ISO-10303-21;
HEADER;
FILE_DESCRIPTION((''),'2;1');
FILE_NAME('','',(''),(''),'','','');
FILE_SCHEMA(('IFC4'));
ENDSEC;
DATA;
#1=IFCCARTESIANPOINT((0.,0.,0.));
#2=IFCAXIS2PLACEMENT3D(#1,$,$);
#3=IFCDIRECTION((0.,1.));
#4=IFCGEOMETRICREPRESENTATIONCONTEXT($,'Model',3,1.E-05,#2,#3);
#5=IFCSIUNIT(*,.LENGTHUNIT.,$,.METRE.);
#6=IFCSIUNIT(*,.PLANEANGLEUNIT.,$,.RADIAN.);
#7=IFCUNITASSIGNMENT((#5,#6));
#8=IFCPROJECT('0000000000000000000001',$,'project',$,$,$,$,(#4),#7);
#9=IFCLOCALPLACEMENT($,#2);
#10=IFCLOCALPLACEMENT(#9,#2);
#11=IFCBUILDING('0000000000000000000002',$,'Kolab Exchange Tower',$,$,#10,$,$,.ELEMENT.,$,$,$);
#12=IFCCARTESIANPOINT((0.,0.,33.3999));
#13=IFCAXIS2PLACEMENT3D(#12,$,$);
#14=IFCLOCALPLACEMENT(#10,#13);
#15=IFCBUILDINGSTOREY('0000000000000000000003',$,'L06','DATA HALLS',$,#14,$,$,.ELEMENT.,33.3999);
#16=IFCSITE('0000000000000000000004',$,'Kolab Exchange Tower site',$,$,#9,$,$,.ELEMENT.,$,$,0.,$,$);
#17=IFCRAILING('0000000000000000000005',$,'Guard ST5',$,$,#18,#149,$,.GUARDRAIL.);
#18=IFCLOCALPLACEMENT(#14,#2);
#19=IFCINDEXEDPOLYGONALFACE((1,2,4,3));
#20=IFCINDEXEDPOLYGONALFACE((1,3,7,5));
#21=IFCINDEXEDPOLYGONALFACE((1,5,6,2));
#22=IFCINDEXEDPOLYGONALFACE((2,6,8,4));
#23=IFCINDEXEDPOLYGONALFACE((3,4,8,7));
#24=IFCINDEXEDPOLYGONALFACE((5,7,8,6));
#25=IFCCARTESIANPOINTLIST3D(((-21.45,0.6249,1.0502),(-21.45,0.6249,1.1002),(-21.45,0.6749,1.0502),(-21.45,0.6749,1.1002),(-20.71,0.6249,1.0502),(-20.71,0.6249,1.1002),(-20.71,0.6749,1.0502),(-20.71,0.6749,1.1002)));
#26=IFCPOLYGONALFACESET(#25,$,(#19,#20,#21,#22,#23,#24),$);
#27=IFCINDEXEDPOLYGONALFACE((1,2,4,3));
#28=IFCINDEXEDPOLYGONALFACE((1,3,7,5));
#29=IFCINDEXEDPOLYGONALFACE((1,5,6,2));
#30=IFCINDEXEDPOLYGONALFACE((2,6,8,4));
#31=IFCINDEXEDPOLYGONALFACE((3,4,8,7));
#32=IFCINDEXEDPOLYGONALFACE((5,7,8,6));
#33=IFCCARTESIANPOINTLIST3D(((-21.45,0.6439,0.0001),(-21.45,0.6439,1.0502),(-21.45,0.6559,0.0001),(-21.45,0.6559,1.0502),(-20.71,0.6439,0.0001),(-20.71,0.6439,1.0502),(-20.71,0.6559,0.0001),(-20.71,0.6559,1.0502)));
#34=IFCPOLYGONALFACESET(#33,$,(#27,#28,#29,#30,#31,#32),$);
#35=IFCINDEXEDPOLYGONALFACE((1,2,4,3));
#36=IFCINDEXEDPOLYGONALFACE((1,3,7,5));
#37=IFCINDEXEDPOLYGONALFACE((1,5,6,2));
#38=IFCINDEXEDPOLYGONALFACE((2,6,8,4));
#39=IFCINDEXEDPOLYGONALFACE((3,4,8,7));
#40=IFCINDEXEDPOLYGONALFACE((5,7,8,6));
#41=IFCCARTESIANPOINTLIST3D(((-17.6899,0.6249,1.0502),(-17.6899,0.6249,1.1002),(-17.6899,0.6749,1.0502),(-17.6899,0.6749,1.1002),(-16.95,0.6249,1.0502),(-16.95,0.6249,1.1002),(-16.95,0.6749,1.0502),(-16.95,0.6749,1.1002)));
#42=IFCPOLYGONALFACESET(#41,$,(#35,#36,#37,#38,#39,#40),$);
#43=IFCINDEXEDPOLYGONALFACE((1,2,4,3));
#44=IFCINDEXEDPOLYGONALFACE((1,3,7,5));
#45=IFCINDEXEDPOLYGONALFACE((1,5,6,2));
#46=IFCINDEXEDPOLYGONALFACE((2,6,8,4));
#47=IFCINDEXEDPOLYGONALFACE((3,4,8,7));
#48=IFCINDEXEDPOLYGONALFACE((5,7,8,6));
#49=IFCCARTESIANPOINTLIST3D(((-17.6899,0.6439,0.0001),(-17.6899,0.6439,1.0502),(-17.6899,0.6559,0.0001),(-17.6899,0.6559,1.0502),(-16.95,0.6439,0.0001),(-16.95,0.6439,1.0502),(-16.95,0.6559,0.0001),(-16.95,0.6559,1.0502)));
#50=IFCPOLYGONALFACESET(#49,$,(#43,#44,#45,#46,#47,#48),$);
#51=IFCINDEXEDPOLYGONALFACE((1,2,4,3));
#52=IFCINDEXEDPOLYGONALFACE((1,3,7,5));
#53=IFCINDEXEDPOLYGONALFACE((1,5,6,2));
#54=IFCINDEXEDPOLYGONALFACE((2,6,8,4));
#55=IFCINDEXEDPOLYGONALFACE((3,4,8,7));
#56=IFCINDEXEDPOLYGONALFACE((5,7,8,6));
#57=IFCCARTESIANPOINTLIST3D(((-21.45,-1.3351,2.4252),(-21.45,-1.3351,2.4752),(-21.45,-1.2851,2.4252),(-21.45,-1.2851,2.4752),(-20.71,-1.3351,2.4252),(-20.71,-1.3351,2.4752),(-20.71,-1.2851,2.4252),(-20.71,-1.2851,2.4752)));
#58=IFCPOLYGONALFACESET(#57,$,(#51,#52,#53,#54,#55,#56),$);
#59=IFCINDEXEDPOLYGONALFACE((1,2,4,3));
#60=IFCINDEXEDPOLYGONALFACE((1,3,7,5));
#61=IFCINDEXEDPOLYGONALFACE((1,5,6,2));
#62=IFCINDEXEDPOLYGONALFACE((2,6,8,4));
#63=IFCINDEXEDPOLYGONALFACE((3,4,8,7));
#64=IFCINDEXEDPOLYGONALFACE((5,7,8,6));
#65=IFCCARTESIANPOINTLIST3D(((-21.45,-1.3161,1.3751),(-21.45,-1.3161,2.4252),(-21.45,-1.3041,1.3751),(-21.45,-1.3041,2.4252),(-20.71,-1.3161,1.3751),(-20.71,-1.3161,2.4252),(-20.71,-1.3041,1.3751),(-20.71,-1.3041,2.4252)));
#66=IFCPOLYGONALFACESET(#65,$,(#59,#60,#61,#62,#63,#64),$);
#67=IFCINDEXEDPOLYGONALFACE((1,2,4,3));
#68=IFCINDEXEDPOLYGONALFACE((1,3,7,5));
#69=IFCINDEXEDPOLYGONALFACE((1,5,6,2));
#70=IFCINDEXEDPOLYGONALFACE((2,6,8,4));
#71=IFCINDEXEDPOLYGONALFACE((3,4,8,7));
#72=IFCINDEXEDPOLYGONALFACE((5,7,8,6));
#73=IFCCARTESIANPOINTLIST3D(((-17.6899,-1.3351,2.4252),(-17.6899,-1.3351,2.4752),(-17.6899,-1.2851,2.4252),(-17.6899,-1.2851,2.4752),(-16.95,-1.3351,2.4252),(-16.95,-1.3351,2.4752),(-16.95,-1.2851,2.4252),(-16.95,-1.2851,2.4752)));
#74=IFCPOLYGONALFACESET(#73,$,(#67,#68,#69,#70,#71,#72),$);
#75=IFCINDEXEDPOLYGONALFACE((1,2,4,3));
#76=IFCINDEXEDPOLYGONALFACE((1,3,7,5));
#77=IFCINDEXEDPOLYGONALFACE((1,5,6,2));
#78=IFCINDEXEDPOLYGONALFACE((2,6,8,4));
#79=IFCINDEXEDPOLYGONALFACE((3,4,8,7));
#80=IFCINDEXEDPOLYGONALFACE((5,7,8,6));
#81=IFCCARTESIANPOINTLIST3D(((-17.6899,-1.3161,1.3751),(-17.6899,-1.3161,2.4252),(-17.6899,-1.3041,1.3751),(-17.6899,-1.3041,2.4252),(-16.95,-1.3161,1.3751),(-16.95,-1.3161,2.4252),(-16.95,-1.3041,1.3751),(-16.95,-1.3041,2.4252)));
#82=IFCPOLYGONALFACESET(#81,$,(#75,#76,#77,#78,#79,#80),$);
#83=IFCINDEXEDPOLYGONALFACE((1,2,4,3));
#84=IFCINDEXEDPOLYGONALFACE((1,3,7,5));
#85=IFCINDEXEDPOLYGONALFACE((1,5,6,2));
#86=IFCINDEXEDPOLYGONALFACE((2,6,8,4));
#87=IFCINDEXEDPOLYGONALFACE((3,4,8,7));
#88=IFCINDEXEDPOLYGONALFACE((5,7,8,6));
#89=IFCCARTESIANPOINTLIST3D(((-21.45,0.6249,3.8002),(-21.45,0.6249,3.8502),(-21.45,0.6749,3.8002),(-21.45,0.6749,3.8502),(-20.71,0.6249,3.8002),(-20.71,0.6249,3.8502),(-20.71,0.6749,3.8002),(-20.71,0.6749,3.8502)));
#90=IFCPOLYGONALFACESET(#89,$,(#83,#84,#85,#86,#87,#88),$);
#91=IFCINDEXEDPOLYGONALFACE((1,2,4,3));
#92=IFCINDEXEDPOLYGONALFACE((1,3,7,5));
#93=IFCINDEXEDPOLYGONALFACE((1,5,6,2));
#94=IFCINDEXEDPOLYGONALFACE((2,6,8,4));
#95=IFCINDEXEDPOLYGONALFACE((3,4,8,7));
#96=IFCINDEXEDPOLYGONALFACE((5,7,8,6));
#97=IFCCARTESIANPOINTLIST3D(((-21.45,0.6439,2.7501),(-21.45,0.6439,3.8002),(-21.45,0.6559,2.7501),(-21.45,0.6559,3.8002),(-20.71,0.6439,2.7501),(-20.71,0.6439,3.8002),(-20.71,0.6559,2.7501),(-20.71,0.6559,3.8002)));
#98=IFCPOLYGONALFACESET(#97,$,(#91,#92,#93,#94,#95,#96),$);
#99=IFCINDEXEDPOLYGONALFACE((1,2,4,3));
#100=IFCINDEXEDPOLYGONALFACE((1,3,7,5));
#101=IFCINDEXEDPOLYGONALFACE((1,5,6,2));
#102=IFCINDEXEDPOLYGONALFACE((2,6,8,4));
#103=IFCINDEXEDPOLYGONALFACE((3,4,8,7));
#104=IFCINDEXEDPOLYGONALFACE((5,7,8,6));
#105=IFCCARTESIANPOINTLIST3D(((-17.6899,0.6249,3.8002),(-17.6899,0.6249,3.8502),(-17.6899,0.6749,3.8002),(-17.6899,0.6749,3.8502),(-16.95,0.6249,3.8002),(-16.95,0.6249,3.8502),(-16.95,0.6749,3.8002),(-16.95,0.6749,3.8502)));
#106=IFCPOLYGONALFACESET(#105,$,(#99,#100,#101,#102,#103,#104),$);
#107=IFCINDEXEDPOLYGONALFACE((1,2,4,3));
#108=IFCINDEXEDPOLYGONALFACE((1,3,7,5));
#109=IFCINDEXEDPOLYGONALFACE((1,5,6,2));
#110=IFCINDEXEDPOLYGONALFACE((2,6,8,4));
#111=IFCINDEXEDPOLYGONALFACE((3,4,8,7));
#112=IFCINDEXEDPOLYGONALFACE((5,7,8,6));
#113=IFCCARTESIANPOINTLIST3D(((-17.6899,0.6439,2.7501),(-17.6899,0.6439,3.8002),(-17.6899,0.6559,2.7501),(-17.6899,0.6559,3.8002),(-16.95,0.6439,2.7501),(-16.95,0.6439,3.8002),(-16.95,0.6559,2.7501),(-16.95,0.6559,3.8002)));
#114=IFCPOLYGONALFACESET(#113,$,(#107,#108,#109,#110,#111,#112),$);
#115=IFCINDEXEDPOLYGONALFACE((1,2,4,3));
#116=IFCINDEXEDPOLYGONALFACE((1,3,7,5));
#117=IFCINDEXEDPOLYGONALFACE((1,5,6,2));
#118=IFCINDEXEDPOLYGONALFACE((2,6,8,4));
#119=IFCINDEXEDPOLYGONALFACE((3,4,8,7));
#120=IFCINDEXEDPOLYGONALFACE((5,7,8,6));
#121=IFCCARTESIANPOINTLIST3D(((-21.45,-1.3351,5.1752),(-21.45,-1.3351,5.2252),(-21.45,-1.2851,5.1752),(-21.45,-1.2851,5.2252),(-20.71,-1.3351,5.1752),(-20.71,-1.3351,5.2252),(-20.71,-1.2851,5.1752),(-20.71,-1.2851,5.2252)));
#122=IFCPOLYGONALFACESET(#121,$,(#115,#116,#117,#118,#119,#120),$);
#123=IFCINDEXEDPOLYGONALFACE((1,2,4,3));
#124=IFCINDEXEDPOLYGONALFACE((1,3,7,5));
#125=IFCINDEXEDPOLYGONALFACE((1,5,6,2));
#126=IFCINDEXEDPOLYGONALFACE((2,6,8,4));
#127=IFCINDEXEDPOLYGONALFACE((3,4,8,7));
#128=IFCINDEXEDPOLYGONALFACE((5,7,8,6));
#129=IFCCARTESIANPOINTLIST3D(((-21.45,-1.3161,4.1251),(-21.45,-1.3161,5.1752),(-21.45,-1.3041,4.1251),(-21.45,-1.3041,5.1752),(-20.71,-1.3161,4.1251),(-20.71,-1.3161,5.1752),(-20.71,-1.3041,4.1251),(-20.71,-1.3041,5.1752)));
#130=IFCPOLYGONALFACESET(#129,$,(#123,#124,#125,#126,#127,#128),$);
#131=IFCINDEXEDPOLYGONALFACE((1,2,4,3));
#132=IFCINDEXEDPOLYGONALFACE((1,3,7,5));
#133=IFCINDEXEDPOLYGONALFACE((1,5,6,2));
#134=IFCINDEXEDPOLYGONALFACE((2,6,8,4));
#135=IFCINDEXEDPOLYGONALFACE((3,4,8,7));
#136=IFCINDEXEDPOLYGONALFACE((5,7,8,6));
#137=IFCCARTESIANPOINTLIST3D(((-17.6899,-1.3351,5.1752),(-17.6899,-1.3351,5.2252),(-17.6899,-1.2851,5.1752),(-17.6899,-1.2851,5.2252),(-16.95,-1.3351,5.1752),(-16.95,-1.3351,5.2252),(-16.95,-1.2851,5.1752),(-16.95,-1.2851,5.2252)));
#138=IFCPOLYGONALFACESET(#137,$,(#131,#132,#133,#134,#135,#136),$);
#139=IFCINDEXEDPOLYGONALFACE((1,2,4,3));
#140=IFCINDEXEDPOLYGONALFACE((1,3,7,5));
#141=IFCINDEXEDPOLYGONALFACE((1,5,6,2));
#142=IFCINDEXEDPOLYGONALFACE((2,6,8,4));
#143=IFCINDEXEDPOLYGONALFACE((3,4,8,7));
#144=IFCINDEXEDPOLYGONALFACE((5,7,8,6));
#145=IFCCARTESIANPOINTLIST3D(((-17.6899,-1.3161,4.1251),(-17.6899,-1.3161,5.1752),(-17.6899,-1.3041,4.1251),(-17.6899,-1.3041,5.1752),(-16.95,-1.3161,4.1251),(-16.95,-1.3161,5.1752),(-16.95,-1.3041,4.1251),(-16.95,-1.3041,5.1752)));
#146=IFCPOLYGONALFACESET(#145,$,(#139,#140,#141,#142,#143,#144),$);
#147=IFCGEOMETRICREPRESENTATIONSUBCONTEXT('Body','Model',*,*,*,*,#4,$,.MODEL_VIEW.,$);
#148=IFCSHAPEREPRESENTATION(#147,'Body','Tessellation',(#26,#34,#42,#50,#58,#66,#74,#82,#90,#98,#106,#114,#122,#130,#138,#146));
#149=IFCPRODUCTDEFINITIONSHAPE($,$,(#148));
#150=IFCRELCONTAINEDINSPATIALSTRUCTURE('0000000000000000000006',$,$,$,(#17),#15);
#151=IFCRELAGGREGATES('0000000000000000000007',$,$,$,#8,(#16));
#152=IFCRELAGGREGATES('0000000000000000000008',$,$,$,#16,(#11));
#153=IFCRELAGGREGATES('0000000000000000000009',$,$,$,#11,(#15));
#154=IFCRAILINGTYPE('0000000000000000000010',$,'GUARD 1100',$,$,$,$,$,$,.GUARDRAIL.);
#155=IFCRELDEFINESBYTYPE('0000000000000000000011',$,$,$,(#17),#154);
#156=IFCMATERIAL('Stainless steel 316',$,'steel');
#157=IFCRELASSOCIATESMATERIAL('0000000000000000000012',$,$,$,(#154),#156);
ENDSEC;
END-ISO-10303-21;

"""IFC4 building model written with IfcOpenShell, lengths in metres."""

from ifc_helpers import new_model, si_unit, direction, frame, frame_2d, origin, origin_2d, place, context, subcontext, project, spatial, rectangle, extrude, material, type_object, element, save


model = new_model("IFC4")

# Units and contexts
model_context = context("Model", 3, precision=1e-05, world=origin(), true_north=direction((0.0, 1.0)))
body_context = subcontext(model_context, "Body", "Model", "MODEL_VIEW")
ifc_project = project(units=[si_unit("LENGTHUNIT", "METRE"), si_unit("PLANEANGLEUNIT", "RADIAN")], contexts=[model_context])

# Site, building, storey
site_placement = place(None, origin())
site = spatial("IfcSite", under=ifc_project, at=site_placement, Name="Kolab Exchange Tower site", CompositionType="ELEMENT", RefElevation=0.0)
building_placement = place(site_placement, origin())
building = spatial("IfcBuilding", under=site, at=building_placement, Name="Kolab Exchange Tower", CompositionType="ELEMENT")
storey_placement = place(building_placement, frame((0.0, 0.0, 33.3999)))
storey = spatial("IfcBuildingStorey", under=building, at=storey_placement, Name="L06", Description="DATA HALLS", CompositionType="ELEMENT", Elevation=33.3999)

# Railing
ifc_material_1 = material(Name="Stainless steel 316", Category="steel")
railing_type = type_object("IfcRailingType", Name="GUARD 1100", PredefinedType="GUARDRAIL", material=ifc_material_1)
railing_placement = place(storey_placement, frame((-21.45, 0.6499, 0.0)))
element("IfcRailing", 1, at=railing_placement, inside=storey, type_object=railing_type, Name="Guard ST5", PredefinedType="GUARDRAIL", context=body_context, shape_type="SweptSolid", body=[
    extrude(rectangle(XDim=0.05, YDim=0.05, at=origin_2d()), frame((0.0, 0.0, 1.0752), z_axis=(1.0, 0.0, 0.0), x_axis=(0.0, 1.0, 0.0)), (0.0, 0.0, 1.0), 0.74),
    extrude(rectangle(XDim=0.012, YDim=1.0501, at=frame_2d((0.0, 0.5251))), frame((0.0, 0.0, 0.0), z_axis=(1.0, 0.0, 0.0), x_axis=(0.0, 1.0, 0.0)), (0.0, 0.0, 1.0), 0.74),
    extrude(rectangle(XDim=0.05, YDim=0.05, at=origin_2d()), frame((3.76, 0.0, 1.0752), z_axis=(1.0, 0.0, 0.0), x_axis=(0.0, 1.0, 0.0)), (0.0, 0.0, 1.0), 0.74),
    extrude(rectangle(XDim=0.012, YDim=1.0501, at=frame_2d((0.0, 0.5251))), frame((3.76, 0.0, 0.0), z_axis=(1.0, 0.0, 0.0), x_axis=(0.0, 1.0, 0.0)), (0.0, 0.0, 1.0), 0.74),
    extrude(rectangle(XDim=0.05, YDim=0.05, at=origin_2d()), frame((0.0, -1.96, 2.4502), z_axis=(1.0, 0.0, 0.0), x_axis=(0.0, 1.0, 0.0)), (0.0, 0.0, 1.0), 0.74),
    extrude(rectangle(XDim=0.012, YDim=1.0501, at=frame_2d((0.0, 0.5251))), frame((0.0, -1.96, 1.375), z_axis=(1.0, 0.0, 0.0), x_axis=(0.0, 1.0, 0.0)), (0.0, 0.0, 1.0), 0.74),
    extrude(rectangle(XDim=0.05, YDim=0.05, at=origin_2d()), frame((3.76, -1.96, 2.4502), z_axis=(1.0, 0.0, 0.0), x_axis=(0.0, 1.0, 0.0)), (0.0, 0.0, 1.0), 0.74),
    extrude(rectangle(XDim=0.012, YDim=1.0501, at=frame_2d((0.0, 0.5251))), frame((3.76, -1.96, 1.375), z_axis=(1.0, 0.0, 0.0), x_axis=(0.0, 1.0, 0.0)), (0.0, 0.0, 1.0), 0.74),
    extrude(rectangle(XDim=0.05, YDim=0.05, at=origin_2d()), frame((0.0, 0.0, 3.8252), z_axis=(1.0, 0.0, 0.0), x_axis=(0.0, 1.0, 0.0)), (0.0, 0.0, 1.0), 0.74),
    extrude(rectangle(XDim=0.012, YDim=1.0501, at=frame_2d((0.0, 0.5251))), frame((0.0, 0.0, 2.75), z_axis=(1.0, 0.0, 0.0), x_axis=(0.0, 1.0, 0.0)), (0.0, 0.0, 1.0), 0.74),
    extrude(rectangle(XDim=0.05, YDim=0.05, at=origin_2d()), frame((3.76, 0.0, 3.8252), z_axis=(1.0, 0.0, 0.0), x_axis=(0.0, 1.0, 0.0)), (0.0, 0.0, 1.0), 0.74),
    extrude(rectangle(XDim=0.012, YDim=1.0501, at=frame_2d((0.0, 0.5251))), frame((3.76, 0.0, 2.75), z_axis=(1.0, 0.0, 0.0), x_axis=(0.0, 1.0, 0.0)), (0.0, 0.0, 1.0), 0.74),
    extrude(rectangle(XDim=0.05, YDim=0.05, at=origin_2d()), frame((0.0, -1.96, 5.2002), z_axis=(1.0, 0.0, 0.0), x_axis=(0.0, 1.0, 0.0)), (0.0, 0.0, 1.0), 0.74),
    extrude(rectangle(XDim=0.012, YDim=1.0501, at=frame_2d((0.0, 0.5251))), frame((0.0, -1.96, 4.125), z_axis=(1.0, 0.0, 0.0), x_axis=(0.0, 1.0, 0.0)), (0.0, 0.0, 1.0), 0.74),
    extrude(rectangle(XDim=0.05, YDim=0.05, at=origin_2d()), frame((3.76, -1.96, 5.2002), z_axis=(1.0, 0.0, 0.0), x_axis=(0.0, 1.0, 0.0)), (0.0, 0.0, 1.0), 0.74),
    extrude(rectangle(XDim=0.012, YDim=1.0501, at=frame_2d((0.0, 0.5251))), frame((3.76, -1.96, 4.125), z_axis=(1.0, 0.0, 0.0), x_axis=(0.0, 1.0, 0.0)), (0.0, 0.0, 1.0), 0.74),
])

save(model, "model.ifc")
